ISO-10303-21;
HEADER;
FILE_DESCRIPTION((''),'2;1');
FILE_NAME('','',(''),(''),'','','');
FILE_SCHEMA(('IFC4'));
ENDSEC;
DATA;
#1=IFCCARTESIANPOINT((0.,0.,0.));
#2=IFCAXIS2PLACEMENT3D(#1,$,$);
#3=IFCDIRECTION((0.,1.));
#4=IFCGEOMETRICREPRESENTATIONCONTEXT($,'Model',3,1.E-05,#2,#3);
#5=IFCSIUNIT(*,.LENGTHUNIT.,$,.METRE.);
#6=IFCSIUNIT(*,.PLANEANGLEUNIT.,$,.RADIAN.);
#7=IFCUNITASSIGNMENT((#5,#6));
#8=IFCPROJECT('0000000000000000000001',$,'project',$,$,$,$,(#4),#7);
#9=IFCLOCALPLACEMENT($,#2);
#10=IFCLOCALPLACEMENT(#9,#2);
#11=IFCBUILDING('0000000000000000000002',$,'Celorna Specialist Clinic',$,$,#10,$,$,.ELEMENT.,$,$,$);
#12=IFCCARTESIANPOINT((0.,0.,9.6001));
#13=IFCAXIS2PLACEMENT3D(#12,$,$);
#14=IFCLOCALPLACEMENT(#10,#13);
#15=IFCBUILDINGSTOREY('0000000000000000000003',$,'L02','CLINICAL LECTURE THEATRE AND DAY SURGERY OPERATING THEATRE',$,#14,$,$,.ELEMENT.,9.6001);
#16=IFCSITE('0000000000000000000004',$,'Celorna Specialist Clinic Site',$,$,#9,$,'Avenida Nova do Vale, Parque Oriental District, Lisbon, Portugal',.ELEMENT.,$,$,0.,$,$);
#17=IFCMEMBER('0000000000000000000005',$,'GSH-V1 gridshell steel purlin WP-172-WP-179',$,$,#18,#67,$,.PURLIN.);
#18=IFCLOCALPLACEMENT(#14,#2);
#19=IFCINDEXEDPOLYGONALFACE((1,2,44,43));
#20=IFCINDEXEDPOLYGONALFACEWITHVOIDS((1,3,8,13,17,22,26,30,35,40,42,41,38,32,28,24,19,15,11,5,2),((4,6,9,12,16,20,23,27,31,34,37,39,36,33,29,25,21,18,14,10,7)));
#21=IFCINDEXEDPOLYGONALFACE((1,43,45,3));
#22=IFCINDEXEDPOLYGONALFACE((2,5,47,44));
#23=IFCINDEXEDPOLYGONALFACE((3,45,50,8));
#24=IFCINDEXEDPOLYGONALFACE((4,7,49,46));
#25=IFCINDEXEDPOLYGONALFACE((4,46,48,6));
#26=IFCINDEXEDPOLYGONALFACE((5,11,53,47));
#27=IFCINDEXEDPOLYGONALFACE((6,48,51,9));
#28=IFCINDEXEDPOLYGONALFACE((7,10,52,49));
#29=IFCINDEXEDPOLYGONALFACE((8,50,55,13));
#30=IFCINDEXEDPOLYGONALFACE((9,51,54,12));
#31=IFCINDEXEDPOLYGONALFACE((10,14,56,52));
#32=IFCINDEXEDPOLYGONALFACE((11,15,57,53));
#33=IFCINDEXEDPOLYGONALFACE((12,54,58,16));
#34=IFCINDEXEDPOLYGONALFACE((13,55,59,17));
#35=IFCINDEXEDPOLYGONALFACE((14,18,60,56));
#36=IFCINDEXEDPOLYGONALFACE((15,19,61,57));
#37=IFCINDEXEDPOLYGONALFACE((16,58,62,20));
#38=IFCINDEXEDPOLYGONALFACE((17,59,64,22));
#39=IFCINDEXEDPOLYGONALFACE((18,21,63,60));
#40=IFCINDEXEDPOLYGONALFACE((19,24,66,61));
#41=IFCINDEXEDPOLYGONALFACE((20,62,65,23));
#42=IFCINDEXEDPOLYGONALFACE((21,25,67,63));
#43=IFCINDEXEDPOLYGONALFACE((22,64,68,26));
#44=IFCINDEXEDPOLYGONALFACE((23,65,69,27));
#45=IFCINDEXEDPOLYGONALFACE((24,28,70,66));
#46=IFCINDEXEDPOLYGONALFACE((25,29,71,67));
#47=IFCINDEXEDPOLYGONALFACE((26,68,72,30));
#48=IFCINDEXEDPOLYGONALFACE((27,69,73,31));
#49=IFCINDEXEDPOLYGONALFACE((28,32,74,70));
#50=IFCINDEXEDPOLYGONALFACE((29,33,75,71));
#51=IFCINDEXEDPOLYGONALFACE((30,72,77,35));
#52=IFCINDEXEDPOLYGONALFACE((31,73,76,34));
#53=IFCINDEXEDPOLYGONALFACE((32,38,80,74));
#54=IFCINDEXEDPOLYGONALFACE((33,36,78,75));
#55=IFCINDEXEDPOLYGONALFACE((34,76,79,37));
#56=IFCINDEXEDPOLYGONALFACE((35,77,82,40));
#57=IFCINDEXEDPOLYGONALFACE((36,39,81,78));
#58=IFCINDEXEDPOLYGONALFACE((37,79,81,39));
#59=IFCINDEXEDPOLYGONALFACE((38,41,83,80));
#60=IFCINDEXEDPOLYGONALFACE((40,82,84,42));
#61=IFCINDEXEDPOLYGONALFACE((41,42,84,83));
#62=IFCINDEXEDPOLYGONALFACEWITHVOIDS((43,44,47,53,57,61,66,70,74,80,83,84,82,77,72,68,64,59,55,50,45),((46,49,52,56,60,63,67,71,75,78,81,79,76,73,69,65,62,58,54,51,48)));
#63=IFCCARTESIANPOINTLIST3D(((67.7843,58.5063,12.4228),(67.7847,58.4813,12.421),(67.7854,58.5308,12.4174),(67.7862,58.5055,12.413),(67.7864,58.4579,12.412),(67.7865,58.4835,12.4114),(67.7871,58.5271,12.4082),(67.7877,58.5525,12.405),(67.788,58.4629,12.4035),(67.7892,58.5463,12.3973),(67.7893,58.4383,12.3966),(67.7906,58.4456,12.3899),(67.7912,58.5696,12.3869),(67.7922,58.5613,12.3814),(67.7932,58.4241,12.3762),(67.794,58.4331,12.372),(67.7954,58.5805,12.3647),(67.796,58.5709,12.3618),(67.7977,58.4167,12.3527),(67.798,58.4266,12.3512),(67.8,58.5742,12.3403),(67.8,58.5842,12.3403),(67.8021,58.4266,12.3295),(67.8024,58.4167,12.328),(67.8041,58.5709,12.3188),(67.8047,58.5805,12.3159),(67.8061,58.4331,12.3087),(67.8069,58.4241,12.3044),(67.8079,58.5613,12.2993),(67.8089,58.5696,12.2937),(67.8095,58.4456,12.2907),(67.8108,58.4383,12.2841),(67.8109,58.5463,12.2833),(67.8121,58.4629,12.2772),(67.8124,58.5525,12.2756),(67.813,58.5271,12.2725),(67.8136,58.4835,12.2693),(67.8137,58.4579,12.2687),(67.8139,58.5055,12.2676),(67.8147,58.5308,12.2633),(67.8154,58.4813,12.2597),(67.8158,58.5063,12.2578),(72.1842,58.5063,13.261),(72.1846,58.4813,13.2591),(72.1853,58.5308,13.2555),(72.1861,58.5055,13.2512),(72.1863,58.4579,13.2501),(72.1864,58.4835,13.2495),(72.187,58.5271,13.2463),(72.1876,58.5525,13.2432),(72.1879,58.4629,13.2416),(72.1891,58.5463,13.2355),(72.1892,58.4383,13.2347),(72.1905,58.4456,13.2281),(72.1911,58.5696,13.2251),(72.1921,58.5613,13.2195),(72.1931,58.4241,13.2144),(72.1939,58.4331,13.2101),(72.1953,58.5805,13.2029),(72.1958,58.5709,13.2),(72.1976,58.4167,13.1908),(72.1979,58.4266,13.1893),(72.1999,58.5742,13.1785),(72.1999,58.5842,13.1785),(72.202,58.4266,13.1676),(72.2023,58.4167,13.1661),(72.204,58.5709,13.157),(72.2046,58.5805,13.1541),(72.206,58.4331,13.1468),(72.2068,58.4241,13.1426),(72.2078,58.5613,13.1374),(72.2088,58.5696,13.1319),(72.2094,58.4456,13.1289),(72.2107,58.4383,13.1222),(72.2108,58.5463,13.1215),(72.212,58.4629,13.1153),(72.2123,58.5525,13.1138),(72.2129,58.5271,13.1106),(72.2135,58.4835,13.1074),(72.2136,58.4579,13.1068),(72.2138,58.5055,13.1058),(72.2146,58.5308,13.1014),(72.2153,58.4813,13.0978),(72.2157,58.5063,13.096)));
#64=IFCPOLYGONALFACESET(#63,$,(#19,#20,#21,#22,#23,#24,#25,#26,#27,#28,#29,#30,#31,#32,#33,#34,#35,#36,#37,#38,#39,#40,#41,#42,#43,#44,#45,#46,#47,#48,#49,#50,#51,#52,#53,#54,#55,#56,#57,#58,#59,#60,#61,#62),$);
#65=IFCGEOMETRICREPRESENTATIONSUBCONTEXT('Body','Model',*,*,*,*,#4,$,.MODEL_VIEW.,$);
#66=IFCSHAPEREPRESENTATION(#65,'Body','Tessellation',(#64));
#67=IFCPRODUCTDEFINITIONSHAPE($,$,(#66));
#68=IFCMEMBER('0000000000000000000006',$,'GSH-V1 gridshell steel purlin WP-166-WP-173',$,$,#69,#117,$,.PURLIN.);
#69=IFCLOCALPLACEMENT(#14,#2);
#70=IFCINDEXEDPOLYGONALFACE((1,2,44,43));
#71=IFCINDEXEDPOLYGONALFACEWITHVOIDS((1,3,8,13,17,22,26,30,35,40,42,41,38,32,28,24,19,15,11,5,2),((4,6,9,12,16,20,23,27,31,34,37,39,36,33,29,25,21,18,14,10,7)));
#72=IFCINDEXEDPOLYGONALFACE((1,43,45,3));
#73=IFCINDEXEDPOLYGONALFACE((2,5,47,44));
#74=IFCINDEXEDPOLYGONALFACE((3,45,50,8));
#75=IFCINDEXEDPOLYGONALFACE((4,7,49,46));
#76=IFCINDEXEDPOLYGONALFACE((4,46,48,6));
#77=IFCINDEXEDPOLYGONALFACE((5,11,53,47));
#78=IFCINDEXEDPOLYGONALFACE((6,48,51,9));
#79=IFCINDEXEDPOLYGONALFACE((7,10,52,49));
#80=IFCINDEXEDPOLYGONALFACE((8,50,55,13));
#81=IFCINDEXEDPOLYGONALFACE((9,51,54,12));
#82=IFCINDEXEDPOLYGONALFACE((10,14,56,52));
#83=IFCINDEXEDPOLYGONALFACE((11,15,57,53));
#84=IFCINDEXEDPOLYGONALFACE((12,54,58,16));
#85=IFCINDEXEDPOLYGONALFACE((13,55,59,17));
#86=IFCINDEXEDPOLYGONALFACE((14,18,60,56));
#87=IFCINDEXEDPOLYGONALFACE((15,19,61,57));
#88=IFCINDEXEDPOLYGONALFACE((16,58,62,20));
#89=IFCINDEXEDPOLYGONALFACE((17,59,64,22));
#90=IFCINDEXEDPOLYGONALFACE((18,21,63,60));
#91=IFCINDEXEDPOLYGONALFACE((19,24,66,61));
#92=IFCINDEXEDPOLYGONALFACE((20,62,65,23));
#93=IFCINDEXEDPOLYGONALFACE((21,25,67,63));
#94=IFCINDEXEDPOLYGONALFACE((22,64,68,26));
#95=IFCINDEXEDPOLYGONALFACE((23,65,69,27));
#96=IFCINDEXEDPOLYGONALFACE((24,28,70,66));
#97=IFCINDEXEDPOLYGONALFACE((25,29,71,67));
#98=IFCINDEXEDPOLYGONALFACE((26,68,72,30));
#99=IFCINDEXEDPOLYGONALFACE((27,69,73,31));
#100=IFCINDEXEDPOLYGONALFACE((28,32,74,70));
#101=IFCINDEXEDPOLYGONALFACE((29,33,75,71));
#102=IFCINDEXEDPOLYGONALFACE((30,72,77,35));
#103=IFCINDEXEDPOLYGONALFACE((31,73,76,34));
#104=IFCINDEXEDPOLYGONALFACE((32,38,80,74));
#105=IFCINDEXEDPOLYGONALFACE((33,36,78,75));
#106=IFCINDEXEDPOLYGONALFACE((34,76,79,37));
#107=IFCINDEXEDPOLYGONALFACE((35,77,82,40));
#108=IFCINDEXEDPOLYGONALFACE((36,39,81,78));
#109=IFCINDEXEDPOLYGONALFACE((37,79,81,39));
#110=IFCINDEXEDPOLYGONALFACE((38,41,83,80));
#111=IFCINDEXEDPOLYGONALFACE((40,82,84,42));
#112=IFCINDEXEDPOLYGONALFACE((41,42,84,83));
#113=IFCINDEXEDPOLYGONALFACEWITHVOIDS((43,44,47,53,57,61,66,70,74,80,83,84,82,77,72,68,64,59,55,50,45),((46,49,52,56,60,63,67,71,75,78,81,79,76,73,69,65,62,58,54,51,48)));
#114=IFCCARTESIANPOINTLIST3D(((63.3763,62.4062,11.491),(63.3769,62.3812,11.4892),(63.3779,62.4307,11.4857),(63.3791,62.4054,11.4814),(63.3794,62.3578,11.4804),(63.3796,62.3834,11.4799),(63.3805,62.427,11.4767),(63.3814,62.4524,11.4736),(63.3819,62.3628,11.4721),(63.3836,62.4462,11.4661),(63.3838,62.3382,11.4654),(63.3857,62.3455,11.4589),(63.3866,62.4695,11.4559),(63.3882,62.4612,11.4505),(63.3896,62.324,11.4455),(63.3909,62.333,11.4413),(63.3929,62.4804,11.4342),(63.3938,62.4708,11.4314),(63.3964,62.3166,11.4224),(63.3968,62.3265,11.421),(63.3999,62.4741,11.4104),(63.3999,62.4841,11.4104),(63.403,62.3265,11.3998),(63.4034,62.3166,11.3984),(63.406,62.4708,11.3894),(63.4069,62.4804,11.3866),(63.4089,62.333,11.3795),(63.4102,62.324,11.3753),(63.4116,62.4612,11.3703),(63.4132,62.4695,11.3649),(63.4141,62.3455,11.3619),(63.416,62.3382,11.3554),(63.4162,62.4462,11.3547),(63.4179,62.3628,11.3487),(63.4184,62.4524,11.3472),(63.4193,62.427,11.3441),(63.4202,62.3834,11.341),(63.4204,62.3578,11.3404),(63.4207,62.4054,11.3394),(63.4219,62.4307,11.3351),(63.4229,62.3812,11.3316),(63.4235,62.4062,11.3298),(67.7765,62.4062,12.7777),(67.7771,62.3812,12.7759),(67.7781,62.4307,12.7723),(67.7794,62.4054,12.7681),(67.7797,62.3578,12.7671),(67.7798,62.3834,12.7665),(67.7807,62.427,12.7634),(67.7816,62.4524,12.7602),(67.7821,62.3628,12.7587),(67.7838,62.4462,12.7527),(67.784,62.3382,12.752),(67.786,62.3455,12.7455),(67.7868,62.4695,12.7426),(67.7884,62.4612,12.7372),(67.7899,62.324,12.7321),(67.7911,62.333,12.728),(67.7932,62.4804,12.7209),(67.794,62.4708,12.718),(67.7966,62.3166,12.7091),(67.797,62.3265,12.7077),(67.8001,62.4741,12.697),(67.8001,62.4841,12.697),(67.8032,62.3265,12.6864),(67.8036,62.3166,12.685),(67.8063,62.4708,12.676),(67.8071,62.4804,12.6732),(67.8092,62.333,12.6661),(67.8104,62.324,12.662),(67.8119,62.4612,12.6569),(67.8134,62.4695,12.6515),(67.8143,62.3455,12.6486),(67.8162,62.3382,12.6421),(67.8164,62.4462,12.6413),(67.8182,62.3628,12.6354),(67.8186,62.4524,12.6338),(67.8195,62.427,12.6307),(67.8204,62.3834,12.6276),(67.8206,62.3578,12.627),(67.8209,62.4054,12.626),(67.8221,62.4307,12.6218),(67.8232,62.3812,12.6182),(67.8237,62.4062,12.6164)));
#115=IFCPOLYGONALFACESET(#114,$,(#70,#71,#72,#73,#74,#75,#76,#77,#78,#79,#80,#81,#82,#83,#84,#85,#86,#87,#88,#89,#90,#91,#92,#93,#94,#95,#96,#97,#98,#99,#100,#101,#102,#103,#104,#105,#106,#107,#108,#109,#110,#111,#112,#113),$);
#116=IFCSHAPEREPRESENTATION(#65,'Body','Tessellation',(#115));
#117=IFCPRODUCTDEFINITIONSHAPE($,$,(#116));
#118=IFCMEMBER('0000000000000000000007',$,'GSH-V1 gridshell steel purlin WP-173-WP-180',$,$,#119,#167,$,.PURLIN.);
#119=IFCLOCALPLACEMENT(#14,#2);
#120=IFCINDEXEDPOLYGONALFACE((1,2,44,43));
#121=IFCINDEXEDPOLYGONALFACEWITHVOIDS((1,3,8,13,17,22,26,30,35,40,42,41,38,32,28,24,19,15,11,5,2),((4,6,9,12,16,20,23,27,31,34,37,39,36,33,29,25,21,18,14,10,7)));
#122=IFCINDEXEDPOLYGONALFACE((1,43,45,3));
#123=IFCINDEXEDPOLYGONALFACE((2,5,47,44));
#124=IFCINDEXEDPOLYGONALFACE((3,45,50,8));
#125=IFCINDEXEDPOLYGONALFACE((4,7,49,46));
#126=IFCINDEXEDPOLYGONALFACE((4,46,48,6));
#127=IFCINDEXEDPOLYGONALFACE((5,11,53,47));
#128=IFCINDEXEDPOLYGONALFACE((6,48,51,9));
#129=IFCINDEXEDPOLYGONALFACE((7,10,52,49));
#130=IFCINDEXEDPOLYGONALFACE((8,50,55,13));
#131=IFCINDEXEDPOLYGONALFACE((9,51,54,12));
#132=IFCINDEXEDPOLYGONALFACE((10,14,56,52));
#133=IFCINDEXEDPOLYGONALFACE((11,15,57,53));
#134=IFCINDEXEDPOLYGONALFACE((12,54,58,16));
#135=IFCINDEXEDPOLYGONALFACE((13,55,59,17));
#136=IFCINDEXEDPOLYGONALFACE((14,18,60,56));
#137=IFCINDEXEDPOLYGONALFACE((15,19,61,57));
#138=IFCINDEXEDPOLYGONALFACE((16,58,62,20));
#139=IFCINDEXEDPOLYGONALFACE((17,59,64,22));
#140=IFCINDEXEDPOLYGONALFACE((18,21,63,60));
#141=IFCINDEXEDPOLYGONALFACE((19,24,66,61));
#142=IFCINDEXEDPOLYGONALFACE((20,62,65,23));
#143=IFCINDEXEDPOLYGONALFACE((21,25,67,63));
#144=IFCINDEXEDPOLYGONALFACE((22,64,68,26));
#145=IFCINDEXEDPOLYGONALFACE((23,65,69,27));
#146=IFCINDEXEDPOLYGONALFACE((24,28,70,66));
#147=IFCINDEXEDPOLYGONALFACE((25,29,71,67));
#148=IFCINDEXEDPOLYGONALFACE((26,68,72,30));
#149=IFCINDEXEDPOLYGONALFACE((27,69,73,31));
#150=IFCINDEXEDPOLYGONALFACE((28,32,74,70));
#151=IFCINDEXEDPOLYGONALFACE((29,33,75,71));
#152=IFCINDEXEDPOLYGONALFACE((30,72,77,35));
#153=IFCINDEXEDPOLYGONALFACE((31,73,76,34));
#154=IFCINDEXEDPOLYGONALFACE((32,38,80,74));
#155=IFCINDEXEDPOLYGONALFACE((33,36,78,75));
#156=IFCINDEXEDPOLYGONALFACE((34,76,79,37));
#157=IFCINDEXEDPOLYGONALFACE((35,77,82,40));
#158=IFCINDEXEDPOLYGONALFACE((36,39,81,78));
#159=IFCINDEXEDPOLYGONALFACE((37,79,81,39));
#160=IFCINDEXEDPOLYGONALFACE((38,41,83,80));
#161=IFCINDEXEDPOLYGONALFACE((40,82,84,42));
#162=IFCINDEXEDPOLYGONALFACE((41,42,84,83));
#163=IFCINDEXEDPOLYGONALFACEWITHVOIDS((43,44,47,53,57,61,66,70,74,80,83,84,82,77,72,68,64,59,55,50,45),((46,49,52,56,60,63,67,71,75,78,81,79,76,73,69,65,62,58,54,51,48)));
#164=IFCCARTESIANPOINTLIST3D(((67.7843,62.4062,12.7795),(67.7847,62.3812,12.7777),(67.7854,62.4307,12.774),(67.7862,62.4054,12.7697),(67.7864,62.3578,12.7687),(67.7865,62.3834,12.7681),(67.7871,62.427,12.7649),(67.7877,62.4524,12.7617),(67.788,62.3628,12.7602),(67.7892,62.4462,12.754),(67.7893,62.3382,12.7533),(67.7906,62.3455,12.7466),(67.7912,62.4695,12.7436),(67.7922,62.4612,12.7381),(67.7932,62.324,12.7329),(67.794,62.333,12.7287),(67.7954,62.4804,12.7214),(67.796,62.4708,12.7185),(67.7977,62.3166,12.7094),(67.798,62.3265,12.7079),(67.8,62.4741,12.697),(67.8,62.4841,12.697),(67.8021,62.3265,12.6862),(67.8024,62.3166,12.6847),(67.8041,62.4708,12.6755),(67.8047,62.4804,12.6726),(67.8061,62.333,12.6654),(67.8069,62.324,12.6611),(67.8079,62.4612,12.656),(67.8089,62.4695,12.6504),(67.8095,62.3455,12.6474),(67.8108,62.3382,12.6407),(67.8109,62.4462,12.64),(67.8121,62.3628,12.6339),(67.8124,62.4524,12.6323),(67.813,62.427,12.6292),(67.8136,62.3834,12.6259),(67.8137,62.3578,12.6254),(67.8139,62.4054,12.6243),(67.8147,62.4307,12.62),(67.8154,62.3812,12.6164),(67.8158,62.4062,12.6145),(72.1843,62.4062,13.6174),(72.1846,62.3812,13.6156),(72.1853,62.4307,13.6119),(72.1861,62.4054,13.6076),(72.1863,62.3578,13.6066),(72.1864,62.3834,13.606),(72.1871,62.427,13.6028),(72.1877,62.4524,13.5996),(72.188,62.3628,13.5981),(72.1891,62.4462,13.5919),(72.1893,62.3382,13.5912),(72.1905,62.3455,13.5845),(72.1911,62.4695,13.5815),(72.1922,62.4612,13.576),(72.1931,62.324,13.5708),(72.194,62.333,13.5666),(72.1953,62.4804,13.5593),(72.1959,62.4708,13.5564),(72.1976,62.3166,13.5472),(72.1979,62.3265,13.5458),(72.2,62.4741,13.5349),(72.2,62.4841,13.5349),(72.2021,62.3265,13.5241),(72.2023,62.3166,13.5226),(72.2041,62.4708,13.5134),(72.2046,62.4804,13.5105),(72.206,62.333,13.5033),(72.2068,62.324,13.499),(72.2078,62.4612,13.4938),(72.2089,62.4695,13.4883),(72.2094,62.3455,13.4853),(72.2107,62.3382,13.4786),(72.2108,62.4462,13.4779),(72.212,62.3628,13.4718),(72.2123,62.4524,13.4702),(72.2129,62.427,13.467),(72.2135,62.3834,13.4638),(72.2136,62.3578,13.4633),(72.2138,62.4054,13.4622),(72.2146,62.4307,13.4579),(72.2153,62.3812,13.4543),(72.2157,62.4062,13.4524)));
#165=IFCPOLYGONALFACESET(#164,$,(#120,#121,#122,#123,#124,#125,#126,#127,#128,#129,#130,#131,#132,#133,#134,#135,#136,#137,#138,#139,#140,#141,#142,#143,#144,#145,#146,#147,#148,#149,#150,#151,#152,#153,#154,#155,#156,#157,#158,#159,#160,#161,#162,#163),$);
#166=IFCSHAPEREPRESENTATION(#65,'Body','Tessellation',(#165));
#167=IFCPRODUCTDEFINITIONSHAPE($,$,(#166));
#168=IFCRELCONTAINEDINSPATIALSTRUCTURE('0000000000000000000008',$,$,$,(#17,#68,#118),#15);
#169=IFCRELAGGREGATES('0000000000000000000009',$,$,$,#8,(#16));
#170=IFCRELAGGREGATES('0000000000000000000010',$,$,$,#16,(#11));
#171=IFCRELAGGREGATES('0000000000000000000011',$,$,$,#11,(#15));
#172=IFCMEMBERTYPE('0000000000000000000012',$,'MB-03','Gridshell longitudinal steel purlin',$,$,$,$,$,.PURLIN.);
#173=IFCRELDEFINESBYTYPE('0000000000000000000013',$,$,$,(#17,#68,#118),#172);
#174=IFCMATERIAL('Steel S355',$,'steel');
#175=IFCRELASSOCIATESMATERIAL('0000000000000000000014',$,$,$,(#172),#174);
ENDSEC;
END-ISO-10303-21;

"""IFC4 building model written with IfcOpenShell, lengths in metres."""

from ifc_helpers import new_model, si_unit, direction, frame, origin, origin_2d, place, context, subcontext, project, spatial, hollow_circle, extrude, material, material_profile, profile_set, type_object, element, save


model = new_model("IFC4")

# Units and contexts
model_context = context("Model", 3, precision=1e-05, world=origin(), true_north=direction((0.0, 1.0)))
body_context = subcontext(model_context, "Body", "Model", "MODEL_VIEW")
ifc_project = project(units=[si_unit("LENGTHUNIT", "METRE"), si_unit("PLANEANGLEUNIT", "RADIAN")], contexts=[model_context])

# Site, building, storey
site_placement = place(None, origin())
site = spatial("IfcSite", under=ifc_project, at=site_placement, Name="Celorna Specialist Clinic Site", LongName="Avenida Nova do Vale, Parque Oriental District, Lisbon, Portugal", CompositionType="ELEMENT", RefElevation=0.0)
building_placement = place(site_placement, origin())
building = spatial("IfcBuilding", under=site, at=building_placement, Name="Celorna Specialist Clinic", CompositionType="ELEMENT")
storey_placement = place(building_placement, frame((0.0, 0.0, 9.6001)))
storey = spatial("IfcBuildingStorey", under=building, at=storey_placement, Name="L02", Description="CLINICAL LECTURE THEATRE AND DAY SURGERY OPERATING THEATRE", CompositionType="ELEMENT", Elevation=9.6001)

# Shared definitions
ifc_material_1 = material(Name="Steel S355", Category="steel")

# Members
ifc_material_profile_1 = material_profile(ifc_material_1, hollow_circle(Radius=0.0842, WallThickness=0.01, at=origin_2d()), Name="CHS 168.3x10")
ifc_profile_set_1 = profile_set([ifc_material_profile_1], Name="Steel S355")
member_type_1 = type_object("IfcMemberType", Name="MB-03", Description="Gridshell longitudinal steel purlin", PredefinedType="PURLIN", material=ifc_profile_set_1)
member_1_placement = place(storey_placement, frame((67.8, 58.5, 12.3403), z_axis=(0.982336, 0.0, 0.187125), x_axis=(0.0, 1.0, 0.0)))
element("IfcMember", 1, at=member_1_placement, inside=storey, type_object=member_type_1, Name="GSH-V1 gridshell steel purlin WP-172-WP-179", PredefinedType="PURLIN", context=body_context, shape_type="SweptSolid", body=[
    extrude(hollow_circle(Radius=0.0842, WallThickness=0.01, at=origin_2d()), origin(), (0.0, 0.0, 1.0), 4.479),
])
member_2_placement = place(storey_placement, frame((63.3999, 62.3999, 11.4104), z_axis=(0.95981, 0.0, 0.280652), x_axis=(0.0, 1.0, 0.0)))
element("IfcMember", 2, at=member_2_placement, inside=storey, type_object=member_type_1, Name="GSH-V1 gridshell steel purlin WP-166-WP-173", PredefinedType="PURLIN", context=body_context, shape_type="SweptSolid", body=[
    extrude(hollow_circle(Radius=0.0842, WallThickness=0.01, at=origin_2d()), origin(), (0.0, 0.0, 1.0), 4.5845),
])
member_3_placement = place(storey_placement, frame((67.8, 62.3999, 12.697), z_axis=(0.982346, 0.0, 0.187072), x_axis=(0.0, 1.0, 0.0)))
element("IfcMember", 3, at=member_3_placement, inside=storey, type_object=member_type_1, Name="GSH-V1 gridshell steel purlin WP-173-WP-180", PredefinedType="PURLIN", context=body_context, shape_type="SweptSolid", body=[
    extrude(hollow_circle(Radius=0.0842, WallThickness=0.01, at=origin_2d()), origin(), (0.0, 0.0, 1.0), 4.479),
])

save(model, "model.ifc")
